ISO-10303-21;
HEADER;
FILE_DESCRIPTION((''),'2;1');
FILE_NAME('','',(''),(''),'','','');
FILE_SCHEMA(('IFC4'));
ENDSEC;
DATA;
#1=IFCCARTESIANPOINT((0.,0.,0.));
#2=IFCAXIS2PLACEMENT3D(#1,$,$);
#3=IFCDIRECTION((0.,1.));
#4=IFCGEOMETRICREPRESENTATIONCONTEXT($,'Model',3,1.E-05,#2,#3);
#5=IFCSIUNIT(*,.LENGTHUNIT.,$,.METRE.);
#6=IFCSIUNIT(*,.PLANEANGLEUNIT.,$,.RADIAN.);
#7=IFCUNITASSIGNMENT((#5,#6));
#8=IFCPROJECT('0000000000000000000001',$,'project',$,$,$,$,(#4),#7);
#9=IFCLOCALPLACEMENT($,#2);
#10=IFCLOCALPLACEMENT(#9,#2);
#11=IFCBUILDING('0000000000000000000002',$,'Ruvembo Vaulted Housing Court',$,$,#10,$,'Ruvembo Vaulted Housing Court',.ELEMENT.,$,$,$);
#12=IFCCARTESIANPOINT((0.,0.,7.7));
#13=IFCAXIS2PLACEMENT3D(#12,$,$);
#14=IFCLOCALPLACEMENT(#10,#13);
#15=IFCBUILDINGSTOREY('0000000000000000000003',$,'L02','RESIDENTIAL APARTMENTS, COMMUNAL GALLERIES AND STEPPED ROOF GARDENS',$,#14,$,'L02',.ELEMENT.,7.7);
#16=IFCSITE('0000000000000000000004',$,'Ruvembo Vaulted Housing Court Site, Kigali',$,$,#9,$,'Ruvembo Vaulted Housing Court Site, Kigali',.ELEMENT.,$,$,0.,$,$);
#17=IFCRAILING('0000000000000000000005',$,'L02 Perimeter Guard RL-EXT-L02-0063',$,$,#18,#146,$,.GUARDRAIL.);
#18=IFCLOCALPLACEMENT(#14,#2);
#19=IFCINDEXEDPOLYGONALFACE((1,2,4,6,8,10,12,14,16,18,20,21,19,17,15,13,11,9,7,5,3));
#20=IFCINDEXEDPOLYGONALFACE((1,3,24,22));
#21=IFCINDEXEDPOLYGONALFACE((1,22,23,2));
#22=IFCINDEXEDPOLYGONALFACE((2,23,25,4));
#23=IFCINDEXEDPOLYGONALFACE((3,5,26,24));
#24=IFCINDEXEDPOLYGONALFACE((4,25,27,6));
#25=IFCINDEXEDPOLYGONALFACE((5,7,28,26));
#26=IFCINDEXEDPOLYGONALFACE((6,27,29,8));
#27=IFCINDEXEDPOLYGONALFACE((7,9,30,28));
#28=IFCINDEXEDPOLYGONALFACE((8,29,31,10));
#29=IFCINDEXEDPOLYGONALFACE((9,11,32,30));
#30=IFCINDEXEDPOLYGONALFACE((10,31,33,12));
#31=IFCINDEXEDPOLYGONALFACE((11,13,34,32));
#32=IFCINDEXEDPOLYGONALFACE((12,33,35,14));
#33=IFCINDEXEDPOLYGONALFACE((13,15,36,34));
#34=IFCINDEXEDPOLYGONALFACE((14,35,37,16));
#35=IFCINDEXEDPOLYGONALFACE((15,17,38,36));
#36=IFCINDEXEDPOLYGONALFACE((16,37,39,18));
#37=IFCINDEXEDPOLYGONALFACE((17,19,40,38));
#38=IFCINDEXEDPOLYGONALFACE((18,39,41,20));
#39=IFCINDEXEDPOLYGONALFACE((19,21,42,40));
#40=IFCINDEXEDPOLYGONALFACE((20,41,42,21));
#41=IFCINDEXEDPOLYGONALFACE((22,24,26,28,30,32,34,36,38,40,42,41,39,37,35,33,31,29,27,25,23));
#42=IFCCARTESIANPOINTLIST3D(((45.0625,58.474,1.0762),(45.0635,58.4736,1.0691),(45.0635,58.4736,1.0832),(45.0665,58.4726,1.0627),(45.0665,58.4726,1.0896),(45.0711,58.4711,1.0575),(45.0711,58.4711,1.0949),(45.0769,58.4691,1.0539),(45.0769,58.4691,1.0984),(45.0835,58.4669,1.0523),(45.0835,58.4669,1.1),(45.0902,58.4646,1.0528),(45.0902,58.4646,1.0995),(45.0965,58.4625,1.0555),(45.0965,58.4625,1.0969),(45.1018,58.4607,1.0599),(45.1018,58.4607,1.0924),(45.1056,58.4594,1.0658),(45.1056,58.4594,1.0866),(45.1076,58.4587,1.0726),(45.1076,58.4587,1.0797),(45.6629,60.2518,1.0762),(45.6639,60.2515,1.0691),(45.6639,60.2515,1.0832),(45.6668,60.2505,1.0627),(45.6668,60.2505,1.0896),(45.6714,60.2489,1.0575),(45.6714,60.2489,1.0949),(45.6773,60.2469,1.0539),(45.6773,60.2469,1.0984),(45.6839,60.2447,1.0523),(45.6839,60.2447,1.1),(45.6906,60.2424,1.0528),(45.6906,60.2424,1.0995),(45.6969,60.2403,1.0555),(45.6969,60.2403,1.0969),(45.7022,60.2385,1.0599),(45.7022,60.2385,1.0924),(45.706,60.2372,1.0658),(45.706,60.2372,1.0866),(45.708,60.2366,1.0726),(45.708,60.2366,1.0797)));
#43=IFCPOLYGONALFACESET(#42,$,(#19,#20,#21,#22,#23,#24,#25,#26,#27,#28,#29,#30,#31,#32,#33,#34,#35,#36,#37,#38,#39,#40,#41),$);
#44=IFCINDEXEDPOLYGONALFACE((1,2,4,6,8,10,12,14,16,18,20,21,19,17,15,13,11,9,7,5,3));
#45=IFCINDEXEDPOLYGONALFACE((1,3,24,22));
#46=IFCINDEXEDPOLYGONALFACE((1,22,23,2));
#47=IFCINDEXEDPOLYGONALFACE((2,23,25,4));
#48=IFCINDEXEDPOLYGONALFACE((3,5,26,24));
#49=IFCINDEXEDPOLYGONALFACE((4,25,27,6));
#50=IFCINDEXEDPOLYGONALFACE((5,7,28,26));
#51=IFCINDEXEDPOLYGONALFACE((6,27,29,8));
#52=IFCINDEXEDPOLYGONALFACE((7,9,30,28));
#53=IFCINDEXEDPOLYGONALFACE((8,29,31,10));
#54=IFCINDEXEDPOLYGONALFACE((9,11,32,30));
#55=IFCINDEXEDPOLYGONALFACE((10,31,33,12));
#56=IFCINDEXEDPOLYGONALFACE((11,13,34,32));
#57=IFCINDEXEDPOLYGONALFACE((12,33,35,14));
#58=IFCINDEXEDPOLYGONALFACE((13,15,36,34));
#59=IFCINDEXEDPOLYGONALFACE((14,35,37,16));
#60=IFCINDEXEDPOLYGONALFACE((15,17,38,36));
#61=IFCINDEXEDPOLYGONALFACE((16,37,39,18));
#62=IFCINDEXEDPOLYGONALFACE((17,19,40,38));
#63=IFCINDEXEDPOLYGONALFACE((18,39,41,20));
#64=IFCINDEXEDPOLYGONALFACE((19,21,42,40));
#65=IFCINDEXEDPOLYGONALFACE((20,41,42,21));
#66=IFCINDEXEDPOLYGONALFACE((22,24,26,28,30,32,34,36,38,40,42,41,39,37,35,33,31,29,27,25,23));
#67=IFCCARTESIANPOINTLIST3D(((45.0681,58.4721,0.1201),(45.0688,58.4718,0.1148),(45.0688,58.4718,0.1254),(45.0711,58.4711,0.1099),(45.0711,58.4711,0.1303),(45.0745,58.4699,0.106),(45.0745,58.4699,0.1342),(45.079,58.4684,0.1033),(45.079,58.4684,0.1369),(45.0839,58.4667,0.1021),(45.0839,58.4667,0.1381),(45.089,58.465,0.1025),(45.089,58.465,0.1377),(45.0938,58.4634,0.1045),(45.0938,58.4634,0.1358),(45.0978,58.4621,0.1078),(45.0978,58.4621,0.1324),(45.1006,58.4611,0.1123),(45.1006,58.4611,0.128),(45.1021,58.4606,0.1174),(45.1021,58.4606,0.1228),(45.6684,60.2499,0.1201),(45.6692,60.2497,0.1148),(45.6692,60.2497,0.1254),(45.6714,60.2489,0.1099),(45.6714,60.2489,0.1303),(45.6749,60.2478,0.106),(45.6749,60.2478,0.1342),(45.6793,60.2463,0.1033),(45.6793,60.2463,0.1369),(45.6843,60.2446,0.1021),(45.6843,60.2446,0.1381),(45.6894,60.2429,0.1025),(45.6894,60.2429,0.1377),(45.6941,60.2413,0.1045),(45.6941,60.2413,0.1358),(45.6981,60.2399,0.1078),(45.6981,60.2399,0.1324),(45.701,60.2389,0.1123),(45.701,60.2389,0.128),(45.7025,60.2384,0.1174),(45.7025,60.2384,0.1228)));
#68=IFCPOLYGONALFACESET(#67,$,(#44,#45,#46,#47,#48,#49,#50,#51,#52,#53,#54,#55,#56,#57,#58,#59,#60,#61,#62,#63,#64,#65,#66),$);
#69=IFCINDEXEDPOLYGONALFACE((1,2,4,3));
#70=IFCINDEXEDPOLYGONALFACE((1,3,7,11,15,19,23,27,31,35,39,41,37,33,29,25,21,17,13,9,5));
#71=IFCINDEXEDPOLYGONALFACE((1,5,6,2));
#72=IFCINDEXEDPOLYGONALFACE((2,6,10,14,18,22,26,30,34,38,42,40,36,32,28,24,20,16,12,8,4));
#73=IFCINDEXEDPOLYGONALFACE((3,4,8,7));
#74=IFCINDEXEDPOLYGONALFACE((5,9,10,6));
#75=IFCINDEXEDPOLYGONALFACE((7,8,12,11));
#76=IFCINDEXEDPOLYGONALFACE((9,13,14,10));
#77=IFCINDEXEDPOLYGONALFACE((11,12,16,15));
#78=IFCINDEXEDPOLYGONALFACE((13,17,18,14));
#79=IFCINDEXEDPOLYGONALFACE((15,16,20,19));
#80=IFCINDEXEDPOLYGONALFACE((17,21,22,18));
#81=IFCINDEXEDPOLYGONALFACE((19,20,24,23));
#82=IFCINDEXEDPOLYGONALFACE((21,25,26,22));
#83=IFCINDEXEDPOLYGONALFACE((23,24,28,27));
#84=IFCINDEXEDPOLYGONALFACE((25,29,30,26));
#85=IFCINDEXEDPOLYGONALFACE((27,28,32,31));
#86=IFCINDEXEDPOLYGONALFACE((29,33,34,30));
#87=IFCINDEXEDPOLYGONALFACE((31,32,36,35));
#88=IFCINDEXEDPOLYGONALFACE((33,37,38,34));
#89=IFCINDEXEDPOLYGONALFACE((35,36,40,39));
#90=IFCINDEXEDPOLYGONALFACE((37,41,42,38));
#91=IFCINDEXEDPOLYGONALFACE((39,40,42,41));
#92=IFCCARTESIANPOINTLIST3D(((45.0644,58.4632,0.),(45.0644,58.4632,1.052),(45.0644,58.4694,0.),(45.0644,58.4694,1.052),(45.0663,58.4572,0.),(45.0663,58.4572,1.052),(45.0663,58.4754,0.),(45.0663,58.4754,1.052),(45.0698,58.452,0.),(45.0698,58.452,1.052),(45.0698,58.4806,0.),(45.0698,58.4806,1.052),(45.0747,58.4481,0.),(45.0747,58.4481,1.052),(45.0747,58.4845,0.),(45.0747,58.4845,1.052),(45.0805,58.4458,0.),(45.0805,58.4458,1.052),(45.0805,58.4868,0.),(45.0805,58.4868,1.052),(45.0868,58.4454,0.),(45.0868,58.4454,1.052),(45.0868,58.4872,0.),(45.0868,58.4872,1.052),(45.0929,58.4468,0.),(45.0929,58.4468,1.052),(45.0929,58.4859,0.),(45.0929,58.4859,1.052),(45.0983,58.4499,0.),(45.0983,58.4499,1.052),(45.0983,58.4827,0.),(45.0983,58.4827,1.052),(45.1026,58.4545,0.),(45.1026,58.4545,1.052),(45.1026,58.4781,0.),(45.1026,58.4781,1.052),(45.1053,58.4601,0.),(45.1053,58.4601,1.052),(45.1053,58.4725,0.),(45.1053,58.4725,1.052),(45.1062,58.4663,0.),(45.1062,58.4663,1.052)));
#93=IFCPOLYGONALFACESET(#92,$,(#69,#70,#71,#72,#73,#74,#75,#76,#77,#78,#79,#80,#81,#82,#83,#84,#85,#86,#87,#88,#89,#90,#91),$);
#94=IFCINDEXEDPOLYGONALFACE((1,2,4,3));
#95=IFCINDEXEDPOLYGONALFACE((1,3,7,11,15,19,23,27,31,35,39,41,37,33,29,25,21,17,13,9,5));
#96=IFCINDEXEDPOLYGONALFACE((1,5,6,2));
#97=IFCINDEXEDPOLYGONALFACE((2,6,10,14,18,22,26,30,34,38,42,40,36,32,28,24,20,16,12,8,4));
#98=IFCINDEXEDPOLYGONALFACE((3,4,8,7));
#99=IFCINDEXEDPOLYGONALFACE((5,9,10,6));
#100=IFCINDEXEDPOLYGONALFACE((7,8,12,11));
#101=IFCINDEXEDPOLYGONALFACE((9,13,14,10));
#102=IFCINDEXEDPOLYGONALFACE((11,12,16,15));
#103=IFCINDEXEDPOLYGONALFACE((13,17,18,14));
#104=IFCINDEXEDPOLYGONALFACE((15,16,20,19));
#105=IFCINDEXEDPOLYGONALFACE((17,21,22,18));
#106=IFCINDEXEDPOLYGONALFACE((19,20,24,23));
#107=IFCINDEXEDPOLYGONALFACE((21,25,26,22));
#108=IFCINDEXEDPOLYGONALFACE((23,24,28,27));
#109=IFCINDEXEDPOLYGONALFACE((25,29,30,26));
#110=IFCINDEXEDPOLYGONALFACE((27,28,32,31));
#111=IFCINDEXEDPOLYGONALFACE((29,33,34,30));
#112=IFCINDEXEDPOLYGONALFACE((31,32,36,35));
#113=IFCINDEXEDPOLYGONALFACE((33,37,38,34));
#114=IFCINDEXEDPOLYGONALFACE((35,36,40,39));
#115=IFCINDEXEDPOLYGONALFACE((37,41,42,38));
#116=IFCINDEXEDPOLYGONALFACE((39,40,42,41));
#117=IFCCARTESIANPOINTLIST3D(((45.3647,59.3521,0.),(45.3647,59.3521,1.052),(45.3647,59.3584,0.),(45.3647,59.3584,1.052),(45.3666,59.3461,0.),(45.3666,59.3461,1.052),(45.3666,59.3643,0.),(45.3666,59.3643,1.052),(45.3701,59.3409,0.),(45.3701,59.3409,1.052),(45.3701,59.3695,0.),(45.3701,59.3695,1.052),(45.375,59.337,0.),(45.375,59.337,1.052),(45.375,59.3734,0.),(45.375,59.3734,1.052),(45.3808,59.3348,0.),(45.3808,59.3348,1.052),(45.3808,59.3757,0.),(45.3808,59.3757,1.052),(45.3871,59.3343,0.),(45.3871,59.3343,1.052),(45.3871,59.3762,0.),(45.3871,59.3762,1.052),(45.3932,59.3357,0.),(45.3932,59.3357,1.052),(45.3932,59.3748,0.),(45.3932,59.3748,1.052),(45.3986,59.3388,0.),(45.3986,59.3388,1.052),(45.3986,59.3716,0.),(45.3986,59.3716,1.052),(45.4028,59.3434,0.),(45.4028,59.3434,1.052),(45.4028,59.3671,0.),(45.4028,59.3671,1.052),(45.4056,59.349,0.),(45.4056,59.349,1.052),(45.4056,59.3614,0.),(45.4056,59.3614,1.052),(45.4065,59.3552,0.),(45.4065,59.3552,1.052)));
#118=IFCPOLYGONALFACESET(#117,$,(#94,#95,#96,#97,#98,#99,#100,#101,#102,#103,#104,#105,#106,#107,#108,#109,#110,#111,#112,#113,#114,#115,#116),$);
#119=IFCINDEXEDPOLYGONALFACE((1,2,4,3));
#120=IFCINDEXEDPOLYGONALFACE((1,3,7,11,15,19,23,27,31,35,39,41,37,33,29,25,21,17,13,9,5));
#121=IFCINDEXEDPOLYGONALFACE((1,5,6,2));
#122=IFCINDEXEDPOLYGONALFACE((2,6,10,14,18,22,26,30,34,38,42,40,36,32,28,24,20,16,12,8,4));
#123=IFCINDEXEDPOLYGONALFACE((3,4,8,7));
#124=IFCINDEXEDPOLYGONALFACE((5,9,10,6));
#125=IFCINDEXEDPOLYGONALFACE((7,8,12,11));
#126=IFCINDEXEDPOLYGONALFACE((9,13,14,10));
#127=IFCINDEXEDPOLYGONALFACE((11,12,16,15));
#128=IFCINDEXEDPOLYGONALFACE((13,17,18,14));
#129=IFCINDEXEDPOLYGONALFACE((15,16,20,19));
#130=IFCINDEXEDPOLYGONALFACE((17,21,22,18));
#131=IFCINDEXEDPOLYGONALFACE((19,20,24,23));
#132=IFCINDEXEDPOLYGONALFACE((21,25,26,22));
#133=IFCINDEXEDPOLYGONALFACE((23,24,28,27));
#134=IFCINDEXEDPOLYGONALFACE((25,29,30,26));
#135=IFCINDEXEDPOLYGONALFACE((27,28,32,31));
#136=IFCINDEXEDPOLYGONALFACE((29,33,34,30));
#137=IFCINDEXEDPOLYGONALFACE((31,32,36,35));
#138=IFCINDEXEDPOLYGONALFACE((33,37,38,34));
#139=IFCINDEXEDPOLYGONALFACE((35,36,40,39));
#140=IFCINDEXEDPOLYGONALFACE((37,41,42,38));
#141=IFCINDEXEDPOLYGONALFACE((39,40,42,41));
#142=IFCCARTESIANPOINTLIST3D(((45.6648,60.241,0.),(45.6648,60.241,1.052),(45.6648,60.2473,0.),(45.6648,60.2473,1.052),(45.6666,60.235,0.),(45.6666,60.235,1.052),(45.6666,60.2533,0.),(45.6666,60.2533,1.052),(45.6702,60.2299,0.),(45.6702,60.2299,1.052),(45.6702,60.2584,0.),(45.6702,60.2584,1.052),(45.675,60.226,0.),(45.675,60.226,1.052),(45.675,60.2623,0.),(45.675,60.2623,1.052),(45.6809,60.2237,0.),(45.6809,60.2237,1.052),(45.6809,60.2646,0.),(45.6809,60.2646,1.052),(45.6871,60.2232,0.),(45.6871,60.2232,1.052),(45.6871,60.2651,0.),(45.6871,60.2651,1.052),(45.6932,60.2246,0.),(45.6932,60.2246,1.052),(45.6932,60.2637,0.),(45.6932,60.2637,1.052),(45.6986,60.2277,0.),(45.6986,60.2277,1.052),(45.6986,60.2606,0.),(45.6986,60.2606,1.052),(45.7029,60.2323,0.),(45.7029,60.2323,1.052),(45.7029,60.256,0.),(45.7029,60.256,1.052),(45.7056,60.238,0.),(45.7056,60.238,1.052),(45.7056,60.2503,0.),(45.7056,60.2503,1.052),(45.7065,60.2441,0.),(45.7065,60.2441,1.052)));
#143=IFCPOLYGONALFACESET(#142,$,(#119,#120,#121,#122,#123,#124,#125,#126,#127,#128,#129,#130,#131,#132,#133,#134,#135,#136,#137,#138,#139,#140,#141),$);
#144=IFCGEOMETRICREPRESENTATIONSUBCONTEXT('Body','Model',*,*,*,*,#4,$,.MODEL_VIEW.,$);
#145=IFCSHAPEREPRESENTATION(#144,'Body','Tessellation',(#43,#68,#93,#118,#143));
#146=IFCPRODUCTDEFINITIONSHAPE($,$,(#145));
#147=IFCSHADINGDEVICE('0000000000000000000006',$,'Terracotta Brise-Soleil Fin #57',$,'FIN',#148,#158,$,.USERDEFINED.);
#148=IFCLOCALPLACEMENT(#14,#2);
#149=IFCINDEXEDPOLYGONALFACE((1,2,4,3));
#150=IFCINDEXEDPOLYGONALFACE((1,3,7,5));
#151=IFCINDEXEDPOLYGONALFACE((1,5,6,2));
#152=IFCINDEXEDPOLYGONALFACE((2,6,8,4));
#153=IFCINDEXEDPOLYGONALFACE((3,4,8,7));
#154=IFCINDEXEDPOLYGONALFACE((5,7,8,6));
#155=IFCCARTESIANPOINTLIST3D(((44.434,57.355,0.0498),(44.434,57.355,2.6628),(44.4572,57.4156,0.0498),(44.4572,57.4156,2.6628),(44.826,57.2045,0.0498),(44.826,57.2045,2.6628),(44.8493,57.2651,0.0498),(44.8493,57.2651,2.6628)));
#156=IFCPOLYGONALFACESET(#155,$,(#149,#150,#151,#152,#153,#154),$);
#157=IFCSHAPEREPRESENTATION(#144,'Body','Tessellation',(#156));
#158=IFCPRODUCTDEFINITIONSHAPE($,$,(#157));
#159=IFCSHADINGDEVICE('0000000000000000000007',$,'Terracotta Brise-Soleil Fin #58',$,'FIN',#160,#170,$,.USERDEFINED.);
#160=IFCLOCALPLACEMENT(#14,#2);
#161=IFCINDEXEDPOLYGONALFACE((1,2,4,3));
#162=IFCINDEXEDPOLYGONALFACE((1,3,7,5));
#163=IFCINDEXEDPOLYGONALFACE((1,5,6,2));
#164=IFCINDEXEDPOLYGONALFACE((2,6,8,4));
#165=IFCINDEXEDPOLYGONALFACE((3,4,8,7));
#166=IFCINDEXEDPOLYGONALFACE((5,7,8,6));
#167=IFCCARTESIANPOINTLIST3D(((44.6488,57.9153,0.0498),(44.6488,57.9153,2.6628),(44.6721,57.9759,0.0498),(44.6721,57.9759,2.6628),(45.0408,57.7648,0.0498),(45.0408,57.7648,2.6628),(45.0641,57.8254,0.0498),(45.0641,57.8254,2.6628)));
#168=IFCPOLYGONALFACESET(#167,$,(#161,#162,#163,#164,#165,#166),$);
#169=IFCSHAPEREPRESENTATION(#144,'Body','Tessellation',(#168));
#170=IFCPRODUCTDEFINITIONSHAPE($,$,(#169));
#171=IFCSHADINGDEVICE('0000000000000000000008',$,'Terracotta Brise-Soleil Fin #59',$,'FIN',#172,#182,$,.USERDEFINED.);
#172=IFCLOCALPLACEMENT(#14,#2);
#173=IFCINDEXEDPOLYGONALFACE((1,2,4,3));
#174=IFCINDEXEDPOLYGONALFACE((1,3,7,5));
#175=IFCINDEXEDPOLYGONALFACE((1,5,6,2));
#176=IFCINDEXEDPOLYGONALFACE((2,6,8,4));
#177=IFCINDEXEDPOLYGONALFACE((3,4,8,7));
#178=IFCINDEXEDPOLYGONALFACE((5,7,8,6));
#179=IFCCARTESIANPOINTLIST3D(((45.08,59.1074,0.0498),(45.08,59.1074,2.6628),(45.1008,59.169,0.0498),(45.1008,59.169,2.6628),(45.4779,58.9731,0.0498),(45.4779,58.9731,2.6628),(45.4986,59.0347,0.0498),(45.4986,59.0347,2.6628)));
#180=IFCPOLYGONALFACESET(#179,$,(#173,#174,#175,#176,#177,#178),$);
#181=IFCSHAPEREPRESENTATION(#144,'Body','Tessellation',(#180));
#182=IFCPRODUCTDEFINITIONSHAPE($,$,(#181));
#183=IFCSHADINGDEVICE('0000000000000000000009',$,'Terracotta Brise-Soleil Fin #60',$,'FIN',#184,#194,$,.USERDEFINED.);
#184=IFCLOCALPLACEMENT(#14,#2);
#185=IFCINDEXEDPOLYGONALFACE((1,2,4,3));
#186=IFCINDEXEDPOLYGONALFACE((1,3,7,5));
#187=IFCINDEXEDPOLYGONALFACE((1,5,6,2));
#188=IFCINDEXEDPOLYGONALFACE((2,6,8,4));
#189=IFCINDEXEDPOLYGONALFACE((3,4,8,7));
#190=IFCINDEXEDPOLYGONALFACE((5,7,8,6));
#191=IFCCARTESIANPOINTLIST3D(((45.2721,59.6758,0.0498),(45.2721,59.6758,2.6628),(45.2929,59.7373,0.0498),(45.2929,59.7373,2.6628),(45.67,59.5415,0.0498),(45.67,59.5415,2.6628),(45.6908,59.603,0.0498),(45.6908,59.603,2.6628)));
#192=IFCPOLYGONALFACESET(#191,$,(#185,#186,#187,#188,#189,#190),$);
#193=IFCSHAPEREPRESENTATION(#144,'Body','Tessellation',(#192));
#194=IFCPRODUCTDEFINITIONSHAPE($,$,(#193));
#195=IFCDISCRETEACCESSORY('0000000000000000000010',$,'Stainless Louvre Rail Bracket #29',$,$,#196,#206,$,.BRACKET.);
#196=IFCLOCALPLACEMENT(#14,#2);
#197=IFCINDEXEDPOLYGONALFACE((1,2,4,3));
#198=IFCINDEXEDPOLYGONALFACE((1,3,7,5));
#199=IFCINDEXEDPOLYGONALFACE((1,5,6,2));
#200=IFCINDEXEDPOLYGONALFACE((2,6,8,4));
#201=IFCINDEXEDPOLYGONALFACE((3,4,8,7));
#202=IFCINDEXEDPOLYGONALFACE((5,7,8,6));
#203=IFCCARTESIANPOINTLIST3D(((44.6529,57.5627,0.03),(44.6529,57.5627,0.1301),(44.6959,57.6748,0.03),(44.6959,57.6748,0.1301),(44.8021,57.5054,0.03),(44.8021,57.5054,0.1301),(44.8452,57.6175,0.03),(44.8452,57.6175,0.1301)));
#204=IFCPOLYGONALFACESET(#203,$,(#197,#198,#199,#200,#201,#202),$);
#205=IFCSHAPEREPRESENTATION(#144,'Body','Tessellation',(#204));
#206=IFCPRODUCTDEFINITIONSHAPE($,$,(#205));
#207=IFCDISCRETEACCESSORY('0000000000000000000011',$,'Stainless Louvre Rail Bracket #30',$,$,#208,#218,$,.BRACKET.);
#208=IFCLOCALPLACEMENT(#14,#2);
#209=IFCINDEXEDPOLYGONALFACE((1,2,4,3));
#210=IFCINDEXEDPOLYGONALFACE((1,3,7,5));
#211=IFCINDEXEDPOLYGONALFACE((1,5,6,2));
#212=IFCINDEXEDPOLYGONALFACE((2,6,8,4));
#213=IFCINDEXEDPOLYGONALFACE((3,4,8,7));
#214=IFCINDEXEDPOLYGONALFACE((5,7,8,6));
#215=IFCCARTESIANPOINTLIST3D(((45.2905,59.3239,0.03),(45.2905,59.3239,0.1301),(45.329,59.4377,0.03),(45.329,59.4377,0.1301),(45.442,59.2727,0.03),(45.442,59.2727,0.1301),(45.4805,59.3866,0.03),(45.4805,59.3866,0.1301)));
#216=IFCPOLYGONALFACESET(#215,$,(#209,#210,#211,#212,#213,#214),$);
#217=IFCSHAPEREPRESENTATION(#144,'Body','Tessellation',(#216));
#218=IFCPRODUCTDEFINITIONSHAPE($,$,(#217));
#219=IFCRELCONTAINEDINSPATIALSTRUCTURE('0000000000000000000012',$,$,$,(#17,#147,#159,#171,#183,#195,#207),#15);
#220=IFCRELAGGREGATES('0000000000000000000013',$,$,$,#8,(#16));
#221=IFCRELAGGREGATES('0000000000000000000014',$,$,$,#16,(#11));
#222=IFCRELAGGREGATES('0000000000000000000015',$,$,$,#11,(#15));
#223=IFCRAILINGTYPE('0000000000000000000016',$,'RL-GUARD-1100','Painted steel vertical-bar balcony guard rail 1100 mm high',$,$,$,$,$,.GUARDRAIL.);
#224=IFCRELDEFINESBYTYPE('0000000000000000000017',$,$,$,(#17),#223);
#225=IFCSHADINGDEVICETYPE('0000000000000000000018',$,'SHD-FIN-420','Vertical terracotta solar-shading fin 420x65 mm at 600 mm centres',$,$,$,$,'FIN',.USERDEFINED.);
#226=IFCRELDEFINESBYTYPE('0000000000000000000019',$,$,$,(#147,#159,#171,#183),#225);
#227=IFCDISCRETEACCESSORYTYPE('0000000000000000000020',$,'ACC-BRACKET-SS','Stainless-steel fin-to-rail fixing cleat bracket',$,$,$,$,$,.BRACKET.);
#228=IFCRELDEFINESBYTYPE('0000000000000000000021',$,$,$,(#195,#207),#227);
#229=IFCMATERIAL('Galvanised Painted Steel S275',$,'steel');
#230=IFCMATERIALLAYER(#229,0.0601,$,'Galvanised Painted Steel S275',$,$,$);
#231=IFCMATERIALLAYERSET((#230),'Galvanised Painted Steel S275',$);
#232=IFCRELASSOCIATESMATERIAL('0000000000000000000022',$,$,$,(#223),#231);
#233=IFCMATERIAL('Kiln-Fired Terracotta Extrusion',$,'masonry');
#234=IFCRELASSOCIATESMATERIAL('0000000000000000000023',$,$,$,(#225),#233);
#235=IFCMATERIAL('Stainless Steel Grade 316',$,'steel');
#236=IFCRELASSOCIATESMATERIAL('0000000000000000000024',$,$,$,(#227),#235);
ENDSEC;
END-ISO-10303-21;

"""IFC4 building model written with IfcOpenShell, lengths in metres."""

from ifc_helpers import new_model, si_unit, direction, frame, origin, origin_2d, place, context, subcontext, project, spatial, rectangle, circle, extrude, material, layer, layer_set, type_object, element, save


model = new_model("IFC4")

# Units and contexts
model_context = context("Model", 3, precision=1e-05, world=origin(), true_north=direction((0.0, 1.0)))
body_context = subcontext(model_context, "Body", "Model", "MODEL_VIEW")
ifc_project = project(units=[si_unit("LENGTHUNIT", "METRE"), si_unit("PLANEANGLEUNIT", "RADIAN")], contexts=[model_context])

# Site, building, storey
site_placement = place(None, origin())
site = spatial("IfcSite", under=ifc_project, at=site_placement, Name="Ruvembo Vaulted Housing Court Site, Kigali", LongName="Ruvembo Vaulted Housing Court Site, Kigali", CompositionType="ELEMENT", RefElevation=0.0)
building_placement = place(site_placement, origin())
building = spatial("IfcBuilding", under=site, at=building_placement, Name="Ruvembo Vaulted Housing Court", LongName="Ruvembo Vaulted Housing Court", CompositionType="ELEMENT")
storey_placement = place(building_placement, frame((0.0, 0.0, 7.7)))
storey = spatial("IfcBuildingStorey", under=building, at=storey_placement, Name="L02", Description="RESIDENTIAL APARTMENTS, COMMUNAL GALLERIES AND STEPPED ROOF GARDENS", LongName="L02", CompositionType="ELEMENT", Elevation=7.7)

# Railing
ifc_material_1 = material(Name="Galvanised Painted Steel S275", Category="steel")
ifc_layer_1 = layer(ifc_material_1, 0.0601, Name="Galvanised Painted Steel S275")
ifc_layer_set_1 = layer_set([ifc_layer_1], Name="Galvanised Painted Steel S275")
railing_type = type_object("IfcRailingType", Name="RL-GUARD-1100", Description="Painted steel vertical-bar balcony guard rail 1100 mm high", PredefinedType="GUARDRAIL", material=ifc_layer_set_1)
railing_1_placement = place(storey_placement, frame((45.0852, 58.4663, 0.0)))
element("IfcRailing", 1, at=railing_1_placement, inside=storey, type_object=railing_type, Name="L02 Perimeter Guard RL-EXT-L02-0063", PredefinedType="GUARDRAIL", context=body_context, shape_type="SweptSolid", body=[
    extrude(circle(Radius=0.0239, at=origin_2d()), frame((0.0, 0.0, 1.0762), z_axis=(0.319933, 0.94744, 0.0), x_axis=(-0.94744, 0.319933, 0.0)), (0.0, 0.0, 1.0), 1.8765),
    extrude(circle(Radius=0.0181, at=origin_2d()), frame((0.0, 0.0, 0.1201), z_axis=(0.319933, 0.94744, 0.0), x_axis=(-0.94744, 0.319933, 0.0)), (0.0, 0.0, 1.0), 1.8765),
    extrude(circle(Radius=0.021, at=origin_2d()), origin(), (0.0, 0.0, 1.0), 1.052),
    extrude(circle(Radius=0.021, at=origin_2d()), frame((0.3003, 0.8889, 0.0)), (0.0, 0.0, 1.0), 1.052),
    extrude(circle(Radius=0.021, at=origin_2d()), frame((0.6003, 1.7778, 0.0)), (0.0, 0.0, 1.0), 1.052),
])

# Shading devices
ifc_material_2 = material(Name="Kiln-Fired Terracotta Extrusion", Category="masonry")
shading_device_type = type_object("IfcShadingDeviceType", Name="SHD-FIN-420", Description="Vertical terracotta solar-shading fin 420x65 mm at 600 mm centres", ElementType="FIN", PredefinedType="USERDEFINED", material=ifc_material_2)
for number, where, z_axis, x_axis, name in (
    (2, (44.6416, 57.3101, 0.0498), (0.0, 0.0, 1.0), (0.933568, -0.358401, 0.0), "Terracotta Brise-Soleil Fin #57"),
    (3, (44.8564, 57.8704, 0.0498), (0.0, 0.0, 1.0), (0.933568, -0.358401, 0.0), "Terracotta Brise-Soleil Fin #58"),
    (4, (45.2893, 59.071, 0.0498), (0.0, 0.0, 1.0), (0.947473, -0.319836, 0.0), "Terracotta Brise-Soleil Fin #59"),
    (5, (45.4814, 59.6394, 0.0498), (0.0, 0.0, 1.0), (0.947473, -0.319836, 0.0), "Terracotta Brise-Soleil Fin #60"),
):
    element("IfcShadingDevice", number, at=place(storey_placement, frame(where, z_axis=z_axis, x_axis=x_axis)), inside=storey, type_object=shading_device_type, Name=name, ObjectType="FIN", PredefinedType="USERDEFINED", context=body_context, shape_type="SweptSolid", body=[
        extrude(rectangle(XDim=0.4199, YDim=0.0649, at=origin_2d()), origin(), (0.0, 0.0, 1.0), 2.613),
    ])

# Discrete accessories
ifc_material_3 = material(Name="Stainless Steel Grade 316", Category="steel")
discrete_accessory_type = type_object("IfcDiscreteAccessoryType", Name="ACC-BRACKET-SS", Description="Stainless-steel fin-to-rail fixing cleat bracket", PredefinedType="BRACKET", material=ifc_material_3)
for number, where, z_axis, x_axis, name in (
    (6, (44.749, 57.5901, 0.03), (0.0, 0.0, 1.0), (0.933568, -0.358401, 0.0), "Stainless Louvre Rail Bracket #29"),
    (7, (45.3855, 59.3552, 0.03), (0.0, 0.0, 1.0), (0.947473, -0.319836, 0.0), "Stainless Louvre Rail Bracket #30"),
):
    element("IfcDiscreteAccessory", number, at=place(storey_placement, frame(where, z_axis=z_axis, x_axis=x_axis)), inside=storey, type_object=discrete_accessory_type, Name=name, PredefinedType="BRACKET", context=body_context, shape_type="SweptSolid", body=[
        extrude(rectangle(XDim=0.1599, YDim=0.1201, at=origin_2d()), origin(), (0.0, 0.0, 1.0), 0.1001),
    ])

save(model, "model.ifc")
